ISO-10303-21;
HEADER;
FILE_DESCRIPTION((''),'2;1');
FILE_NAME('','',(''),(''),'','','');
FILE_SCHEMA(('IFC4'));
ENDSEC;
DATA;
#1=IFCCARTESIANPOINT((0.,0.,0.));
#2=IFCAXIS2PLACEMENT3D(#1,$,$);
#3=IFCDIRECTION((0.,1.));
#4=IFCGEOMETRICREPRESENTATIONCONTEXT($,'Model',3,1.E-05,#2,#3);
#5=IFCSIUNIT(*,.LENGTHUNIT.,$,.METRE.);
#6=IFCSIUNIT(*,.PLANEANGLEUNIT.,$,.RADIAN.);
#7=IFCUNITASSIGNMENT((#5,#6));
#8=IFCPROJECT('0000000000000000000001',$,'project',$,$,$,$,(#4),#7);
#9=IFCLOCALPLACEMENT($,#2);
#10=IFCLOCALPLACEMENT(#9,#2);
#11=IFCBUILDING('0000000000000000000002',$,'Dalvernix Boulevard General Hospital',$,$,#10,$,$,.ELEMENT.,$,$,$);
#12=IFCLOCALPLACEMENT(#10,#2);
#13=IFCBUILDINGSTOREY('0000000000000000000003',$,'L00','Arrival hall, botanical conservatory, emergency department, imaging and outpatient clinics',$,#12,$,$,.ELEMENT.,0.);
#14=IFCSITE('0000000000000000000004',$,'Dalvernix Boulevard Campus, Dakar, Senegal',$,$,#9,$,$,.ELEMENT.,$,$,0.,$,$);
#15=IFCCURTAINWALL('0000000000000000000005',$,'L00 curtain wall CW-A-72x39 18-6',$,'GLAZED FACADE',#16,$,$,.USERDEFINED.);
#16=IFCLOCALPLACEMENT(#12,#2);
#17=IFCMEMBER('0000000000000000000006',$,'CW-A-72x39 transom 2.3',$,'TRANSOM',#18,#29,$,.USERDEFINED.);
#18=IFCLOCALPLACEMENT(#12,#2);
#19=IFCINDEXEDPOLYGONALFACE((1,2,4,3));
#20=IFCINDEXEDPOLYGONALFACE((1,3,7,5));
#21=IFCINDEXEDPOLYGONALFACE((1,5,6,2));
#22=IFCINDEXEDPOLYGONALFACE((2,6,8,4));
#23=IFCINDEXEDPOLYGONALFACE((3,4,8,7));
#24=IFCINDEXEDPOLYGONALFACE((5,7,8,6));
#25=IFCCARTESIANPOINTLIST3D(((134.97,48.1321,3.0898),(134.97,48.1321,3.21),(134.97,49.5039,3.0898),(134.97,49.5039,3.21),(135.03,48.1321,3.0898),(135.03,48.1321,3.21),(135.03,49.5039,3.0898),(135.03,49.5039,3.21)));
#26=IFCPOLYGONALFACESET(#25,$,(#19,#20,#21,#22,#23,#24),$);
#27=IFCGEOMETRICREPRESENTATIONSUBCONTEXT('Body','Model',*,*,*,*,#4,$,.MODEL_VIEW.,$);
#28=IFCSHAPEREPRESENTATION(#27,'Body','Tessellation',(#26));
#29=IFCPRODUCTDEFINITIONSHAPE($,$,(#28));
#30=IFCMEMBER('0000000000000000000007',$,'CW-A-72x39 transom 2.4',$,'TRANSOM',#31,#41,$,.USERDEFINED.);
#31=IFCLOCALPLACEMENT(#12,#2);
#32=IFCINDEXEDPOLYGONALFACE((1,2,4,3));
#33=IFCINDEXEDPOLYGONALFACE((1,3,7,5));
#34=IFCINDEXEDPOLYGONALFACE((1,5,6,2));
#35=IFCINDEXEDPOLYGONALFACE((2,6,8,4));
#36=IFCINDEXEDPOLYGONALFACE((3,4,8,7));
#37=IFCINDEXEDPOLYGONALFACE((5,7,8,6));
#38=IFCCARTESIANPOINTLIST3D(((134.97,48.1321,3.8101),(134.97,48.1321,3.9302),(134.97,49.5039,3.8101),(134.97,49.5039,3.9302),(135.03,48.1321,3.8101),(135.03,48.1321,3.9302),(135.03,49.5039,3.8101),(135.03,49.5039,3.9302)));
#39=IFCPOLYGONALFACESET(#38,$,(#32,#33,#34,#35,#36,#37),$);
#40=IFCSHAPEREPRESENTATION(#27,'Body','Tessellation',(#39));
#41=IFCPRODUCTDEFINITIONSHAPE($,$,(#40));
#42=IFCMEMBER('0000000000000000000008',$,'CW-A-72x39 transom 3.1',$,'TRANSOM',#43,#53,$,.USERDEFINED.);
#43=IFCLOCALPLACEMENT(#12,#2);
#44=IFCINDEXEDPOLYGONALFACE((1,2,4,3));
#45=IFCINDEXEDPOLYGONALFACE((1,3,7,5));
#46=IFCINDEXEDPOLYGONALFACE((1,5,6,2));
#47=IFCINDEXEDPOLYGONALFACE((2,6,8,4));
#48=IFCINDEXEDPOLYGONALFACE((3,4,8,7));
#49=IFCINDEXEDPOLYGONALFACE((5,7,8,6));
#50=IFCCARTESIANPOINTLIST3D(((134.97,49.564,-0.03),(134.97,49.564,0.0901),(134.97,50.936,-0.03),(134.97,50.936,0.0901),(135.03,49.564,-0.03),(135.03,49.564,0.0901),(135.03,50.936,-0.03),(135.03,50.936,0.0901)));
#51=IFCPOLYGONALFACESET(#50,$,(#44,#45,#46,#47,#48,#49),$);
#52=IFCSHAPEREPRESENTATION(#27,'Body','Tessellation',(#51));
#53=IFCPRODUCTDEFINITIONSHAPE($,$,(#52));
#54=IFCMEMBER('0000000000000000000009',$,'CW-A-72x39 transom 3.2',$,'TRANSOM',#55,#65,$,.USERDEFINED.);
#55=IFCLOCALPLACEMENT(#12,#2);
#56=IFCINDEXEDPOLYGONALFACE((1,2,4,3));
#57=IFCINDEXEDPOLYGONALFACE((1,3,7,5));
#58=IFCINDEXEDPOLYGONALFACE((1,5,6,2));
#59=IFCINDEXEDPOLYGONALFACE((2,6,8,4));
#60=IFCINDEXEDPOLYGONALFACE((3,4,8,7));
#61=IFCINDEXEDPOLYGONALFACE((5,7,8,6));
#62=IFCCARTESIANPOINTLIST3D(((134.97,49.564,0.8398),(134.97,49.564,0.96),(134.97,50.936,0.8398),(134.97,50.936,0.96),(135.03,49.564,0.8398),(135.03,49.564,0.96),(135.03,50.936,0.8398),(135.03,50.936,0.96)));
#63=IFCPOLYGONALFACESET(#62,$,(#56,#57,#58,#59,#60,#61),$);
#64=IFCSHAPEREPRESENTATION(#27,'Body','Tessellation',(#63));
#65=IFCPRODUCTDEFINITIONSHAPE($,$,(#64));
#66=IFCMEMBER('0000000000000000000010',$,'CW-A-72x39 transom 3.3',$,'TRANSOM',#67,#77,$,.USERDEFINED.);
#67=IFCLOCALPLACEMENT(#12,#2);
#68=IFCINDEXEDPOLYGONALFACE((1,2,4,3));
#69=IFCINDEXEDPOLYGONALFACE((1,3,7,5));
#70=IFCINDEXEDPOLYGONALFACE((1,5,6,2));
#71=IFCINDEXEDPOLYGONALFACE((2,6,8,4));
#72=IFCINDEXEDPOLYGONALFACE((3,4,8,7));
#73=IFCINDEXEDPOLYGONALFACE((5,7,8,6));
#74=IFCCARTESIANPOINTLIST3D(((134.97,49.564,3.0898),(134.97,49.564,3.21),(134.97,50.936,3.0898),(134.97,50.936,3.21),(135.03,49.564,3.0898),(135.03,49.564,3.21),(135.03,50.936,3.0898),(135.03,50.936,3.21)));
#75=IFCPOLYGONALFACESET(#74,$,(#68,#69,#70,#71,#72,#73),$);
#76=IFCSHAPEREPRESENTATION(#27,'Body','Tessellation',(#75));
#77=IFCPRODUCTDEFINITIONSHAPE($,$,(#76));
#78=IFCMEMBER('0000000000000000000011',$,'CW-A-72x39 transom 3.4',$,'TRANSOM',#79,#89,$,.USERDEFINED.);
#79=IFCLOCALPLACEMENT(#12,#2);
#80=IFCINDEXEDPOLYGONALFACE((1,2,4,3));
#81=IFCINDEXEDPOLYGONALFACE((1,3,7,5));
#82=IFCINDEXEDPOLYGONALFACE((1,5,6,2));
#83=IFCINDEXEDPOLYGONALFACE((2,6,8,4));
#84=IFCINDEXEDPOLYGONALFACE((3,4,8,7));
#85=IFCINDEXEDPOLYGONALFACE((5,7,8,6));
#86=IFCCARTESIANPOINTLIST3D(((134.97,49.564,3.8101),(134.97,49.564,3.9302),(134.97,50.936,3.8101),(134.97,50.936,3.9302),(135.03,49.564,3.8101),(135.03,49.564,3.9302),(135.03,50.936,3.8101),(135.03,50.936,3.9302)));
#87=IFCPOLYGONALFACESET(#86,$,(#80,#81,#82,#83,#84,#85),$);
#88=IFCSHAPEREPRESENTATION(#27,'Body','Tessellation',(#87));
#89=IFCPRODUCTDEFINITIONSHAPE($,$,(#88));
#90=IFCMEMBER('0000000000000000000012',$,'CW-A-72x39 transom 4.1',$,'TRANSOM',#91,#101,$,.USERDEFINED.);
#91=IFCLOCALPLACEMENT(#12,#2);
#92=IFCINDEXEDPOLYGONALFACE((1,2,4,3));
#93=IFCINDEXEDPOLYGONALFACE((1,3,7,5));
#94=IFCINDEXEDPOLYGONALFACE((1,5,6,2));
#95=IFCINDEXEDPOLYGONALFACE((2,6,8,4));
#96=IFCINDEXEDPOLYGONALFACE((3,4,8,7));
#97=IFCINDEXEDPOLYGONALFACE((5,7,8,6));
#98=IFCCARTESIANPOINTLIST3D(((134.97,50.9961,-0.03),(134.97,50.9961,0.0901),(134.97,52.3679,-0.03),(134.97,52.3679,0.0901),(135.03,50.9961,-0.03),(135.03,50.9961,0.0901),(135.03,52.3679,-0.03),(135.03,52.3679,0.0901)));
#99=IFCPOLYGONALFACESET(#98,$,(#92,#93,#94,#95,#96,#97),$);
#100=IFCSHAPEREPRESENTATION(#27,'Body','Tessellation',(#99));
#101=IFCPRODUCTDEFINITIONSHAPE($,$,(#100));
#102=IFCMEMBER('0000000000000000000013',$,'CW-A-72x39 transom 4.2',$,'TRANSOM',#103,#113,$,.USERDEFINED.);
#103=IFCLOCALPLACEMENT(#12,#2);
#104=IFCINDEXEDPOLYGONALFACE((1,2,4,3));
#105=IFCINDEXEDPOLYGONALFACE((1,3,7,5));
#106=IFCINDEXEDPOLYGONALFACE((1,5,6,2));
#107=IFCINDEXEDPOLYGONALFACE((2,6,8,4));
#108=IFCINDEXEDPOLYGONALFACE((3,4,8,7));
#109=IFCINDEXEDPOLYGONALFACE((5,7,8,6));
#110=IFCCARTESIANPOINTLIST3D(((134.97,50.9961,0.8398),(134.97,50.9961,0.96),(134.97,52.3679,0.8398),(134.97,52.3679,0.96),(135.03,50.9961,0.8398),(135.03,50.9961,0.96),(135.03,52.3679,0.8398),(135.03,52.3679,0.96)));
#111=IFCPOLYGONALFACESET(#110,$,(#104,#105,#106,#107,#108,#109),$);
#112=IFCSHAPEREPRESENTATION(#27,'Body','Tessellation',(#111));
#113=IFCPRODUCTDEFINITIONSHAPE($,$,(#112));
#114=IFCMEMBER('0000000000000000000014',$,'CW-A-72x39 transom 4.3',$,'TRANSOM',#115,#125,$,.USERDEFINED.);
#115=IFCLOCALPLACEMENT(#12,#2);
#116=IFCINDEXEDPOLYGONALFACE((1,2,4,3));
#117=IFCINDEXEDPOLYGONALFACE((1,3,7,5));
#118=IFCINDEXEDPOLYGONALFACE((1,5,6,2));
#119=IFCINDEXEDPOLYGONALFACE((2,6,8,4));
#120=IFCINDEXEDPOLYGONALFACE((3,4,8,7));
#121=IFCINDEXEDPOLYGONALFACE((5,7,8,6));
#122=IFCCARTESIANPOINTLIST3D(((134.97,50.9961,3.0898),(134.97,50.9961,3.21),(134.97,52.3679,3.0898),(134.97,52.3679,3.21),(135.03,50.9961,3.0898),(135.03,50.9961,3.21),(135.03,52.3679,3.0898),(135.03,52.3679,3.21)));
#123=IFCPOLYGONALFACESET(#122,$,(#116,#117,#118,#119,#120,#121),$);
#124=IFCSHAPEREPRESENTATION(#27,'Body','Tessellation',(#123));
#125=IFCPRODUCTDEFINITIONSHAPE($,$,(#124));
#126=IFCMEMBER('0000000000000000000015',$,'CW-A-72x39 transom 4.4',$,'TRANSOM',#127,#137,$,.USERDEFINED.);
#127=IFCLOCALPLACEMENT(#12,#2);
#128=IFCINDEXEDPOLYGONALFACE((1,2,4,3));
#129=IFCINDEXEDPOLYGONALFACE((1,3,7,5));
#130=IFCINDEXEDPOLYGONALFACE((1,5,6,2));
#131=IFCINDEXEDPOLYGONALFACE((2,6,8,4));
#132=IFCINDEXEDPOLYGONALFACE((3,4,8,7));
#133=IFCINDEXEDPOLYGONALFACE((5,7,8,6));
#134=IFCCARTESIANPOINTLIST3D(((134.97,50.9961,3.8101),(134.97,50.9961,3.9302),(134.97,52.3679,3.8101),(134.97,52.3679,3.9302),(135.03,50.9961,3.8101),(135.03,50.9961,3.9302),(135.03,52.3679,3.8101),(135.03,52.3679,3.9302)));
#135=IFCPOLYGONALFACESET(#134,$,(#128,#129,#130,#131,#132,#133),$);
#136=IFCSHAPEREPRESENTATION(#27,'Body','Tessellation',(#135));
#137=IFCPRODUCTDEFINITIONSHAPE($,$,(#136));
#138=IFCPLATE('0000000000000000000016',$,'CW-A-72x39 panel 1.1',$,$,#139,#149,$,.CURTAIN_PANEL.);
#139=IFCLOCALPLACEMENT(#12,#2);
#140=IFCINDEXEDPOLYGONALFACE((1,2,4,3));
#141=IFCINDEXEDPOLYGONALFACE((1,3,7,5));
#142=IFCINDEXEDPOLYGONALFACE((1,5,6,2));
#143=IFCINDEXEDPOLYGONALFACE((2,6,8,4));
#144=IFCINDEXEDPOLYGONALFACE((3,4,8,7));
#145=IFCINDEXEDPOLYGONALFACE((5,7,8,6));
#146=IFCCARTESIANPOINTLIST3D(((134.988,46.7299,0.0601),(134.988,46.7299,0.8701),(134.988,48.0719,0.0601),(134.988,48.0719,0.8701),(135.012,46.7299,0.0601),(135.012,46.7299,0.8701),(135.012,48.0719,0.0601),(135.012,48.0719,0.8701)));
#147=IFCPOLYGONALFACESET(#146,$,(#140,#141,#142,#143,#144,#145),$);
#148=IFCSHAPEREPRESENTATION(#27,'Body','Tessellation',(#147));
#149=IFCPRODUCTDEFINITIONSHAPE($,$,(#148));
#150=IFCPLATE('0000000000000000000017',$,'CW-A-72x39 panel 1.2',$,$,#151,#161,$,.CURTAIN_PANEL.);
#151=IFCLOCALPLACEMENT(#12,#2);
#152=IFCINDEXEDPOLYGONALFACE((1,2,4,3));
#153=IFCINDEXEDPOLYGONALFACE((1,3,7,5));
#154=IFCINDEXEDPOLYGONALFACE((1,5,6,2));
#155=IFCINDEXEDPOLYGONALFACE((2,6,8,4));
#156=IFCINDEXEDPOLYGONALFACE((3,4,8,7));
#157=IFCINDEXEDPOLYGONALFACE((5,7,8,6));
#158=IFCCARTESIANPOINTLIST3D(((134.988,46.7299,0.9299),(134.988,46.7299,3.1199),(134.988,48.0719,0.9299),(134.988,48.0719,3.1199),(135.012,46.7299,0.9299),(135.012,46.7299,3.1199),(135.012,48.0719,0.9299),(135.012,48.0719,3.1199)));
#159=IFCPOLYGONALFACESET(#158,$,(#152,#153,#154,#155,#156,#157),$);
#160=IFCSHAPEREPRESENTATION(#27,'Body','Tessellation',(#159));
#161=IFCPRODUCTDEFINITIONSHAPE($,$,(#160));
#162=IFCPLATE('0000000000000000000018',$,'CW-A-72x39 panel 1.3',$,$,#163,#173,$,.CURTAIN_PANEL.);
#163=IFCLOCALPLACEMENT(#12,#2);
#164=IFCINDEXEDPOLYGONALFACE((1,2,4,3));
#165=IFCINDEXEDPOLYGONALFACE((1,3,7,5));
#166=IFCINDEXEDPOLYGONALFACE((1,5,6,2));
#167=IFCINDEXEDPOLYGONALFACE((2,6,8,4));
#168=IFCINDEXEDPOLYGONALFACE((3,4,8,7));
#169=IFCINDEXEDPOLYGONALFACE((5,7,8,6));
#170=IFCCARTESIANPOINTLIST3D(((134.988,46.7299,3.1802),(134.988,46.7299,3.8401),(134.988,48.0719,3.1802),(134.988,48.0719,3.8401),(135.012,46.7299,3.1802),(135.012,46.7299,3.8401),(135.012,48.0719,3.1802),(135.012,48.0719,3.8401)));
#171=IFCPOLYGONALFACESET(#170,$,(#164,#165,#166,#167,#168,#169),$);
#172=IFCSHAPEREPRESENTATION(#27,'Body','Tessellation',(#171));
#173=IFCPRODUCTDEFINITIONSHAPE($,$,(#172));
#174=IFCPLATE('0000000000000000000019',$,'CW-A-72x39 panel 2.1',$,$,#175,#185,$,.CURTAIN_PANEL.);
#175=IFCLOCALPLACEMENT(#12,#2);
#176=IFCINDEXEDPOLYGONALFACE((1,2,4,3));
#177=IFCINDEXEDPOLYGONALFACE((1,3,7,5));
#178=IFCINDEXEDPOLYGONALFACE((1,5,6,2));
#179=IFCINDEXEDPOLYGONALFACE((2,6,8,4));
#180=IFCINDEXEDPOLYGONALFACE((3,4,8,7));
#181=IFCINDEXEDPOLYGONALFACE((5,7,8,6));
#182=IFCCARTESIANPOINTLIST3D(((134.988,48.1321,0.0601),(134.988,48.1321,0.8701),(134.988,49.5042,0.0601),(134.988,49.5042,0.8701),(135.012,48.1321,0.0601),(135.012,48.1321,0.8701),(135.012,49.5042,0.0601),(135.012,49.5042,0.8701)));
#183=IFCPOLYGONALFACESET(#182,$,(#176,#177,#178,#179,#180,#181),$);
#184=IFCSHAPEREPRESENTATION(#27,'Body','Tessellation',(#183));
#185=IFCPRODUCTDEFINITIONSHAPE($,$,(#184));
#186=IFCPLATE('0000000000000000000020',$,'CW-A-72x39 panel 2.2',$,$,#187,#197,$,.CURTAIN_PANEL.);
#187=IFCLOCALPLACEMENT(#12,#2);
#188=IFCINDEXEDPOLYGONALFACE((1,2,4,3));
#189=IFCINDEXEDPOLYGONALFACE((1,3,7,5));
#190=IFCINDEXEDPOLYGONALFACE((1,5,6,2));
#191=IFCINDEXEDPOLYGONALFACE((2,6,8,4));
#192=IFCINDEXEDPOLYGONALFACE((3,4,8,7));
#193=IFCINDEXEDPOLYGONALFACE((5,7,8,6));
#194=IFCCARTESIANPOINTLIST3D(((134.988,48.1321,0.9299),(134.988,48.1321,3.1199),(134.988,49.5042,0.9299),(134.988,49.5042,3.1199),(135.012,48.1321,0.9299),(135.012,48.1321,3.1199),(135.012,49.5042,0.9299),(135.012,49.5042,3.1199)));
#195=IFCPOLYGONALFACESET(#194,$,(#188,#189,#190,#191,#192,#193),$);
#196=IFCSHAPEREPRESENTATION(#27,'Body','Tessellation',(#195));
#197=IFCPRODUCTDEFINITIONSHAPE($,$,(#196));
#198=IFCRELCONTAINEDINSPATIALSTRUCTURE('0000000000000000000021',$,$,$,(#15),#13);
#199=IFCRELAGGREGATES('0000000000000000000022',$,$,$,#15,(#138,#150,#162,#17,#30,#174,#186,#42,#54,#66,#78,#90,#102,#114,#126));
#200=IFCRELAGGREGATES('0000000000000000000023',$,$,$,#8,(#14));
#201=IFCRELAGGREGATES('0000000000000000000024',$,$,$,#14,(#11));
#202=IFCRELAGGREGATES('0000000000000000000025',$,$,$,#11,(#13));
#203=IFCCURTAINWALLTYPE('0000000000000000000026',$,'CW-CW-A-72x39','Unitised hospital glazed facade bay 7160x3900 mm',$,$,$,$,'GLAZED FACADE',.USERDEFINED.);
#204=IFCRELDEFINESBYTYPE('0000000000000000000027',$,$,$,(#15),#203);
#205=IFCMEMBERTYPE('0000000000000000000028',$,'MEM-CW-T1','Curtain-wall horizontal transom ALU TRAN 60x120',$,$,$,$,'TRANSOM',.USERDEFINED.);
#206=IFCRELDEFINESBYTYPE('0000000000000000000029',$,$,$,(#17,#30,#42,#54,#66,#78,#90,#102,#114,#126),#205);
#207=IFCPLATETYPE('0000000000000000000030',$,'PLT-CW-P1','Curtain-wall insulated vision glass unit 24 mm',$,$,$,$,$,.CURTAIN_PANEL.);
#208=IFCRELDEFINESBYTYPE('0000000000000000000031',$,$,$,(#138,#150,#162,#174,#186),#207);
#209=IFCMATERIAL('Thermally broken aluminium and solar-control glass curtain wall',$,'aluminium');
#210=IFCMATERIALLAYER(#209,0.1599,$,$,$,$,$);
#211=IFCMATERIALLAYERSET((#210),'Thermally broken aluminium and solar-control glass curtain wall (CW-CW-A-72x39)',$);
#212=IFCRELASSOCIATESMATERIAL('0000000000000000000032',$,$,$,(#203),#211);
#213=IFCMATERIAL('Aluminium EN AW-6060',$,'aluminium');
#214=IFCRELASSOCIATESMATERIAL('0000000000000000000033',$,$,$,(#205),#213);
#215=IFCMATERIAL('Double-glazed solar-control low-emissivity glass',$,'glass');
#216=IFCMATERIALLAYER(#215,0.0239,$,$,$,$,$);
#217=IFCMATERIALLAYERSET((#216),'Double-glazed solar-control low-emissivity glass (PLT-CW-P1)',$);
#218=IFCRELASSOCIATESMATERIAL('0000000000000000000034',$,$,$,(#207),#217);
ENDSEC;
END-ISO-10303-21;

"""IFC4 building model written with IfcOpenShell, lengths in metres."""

from ifc_helpers import new_model, si_unit, direction, frame, origin, origin_2d, place, context, subcontext, project, spatial, rectangle, extrude, material, layer, layer_set, material_profile, profile_set, type_object, element, aggregate, save


model = new_model("IFC4")

# Units and contexts
model_context = context("Model", 3, precision=1e-05, world=origin(), true_north=direction((0.0, 1.0)))
body_context = subcontext(model_context, "Body", "Model", "MODEL_VIEW")
ifc_project = project(units=[si_unit("LENGTHUNIT", "METRE"), si_unit("PLANEANGLEUNIT", "RADIAN")], contexts=[model_context])

# Site, building, storey
site_placement = place(None, origin())
site = spatial("IfcSite", under=ifc_project, at=site_placement, Name="Dalvernix Boulevard Campus, Dakar, Senegal", CompositionType="ELEMENT", RefElevation=0.0)
building_placement = place(site_placement, origin())
building = spatial("IfcBuilding", under=site, at=building_placement, Name="Dalvernix Boulevard General Hospital", CompositionType="ELEMENT")
storey_placement = place(building_placement, origin())
storey = spatial("IfcBuildingStorey", under=building, at=storey_placement, Name="L00", Description="Arrival hall, botanical conservatory, emergency department, imaging and outpatient clinics", CompositionType="ELEMENT", Elevation=0.0)

# Curtain wall
ifc_material_1 = material(Name="Thermally broken aluminium and solar-control glass curtain wall", Category="aluminium")
ifc_layer_1 = layer(ifc_material_1, 0.1599)
ifc_layer_set_1 = layer_set([ifc_layer_1], Name="Thermally broken aluminium and solar-control glass curtain wall (CW-CW-A-72x39)")
curtain_wall_type_1 = type_object("IfcCurtainWallType", Name="CW-CW-A-72x39", Description="Unitised hospital glazed facade bay 7160x3900 mm", ElementType="GLAZED FACADE", PredefinedType="USERDEFINED", material=ifc_layer_set_1)
curtain_wall_1_placement = place(storey_placement, origin())
curtain_wall_1 = element("IfcCurtainWall", 1, at=curtain_wall_1_placement, inside=storey, type_object=curtain_wall_type_1, Name="L00 curtain wall CW-A-72x39 18-6", ObjectType="GLAZED FACADE", PredefinedType="USERDEFINED")
ifc_material_2 = material(Name="Aluminium EN AW-6060", Category="aluminium")

# Members
ifc_material_profile_1 = material_profile(ifc_material_2, rectangle(XDim=0.0601, YDim=0.1201, at=origin_2d()), Name="ALU TRAN 60x120")
ifc_profile_set_1 = profile_set([ifc_material_profile_1], Name="Aluminium EN AW-6060")
member_type_1 = type_object("IfcMemberType", Name="MEM-CW-T1", Description="Curtain-wall horizontal transom ALU TRAN 60x120", ElementType="TRANSOM", PredefinedType="USERDEFINED", material=ifc_profile_set_1)
member_1_placement = place(storey_placement, frame((135.0, 48.1321, 3.1499), z_axis=(0.0, 1.0, 0.0), x_axis=(-1.0, 0.0, 0.0)))
member_1 = element("IfcMember", 2, at=member_1_placement, type_object=member_type_1, Name="CW-A-72x39 transom 2.3", ObjectType="TRANSOM", PredefinedType="USERDEFINED", context=body_context, shape_type="SweptSolid", body=[
    extrude(rectangle(XDim=0.0601, YDim=0.1201, at=origin_2d()), origin(), (0.0, 0.0, 1.0), 1.3718),
])
member_2_placement = place(storey_placement, frame((135.0, 48.1321, 3.8701), z_axis=(0.0, 1.0, 0.0), x_axis=(-1.0, 0.0, 0.0)))
member_2 = element("IfcMember", 3, at=member_2_placement, type_object=member_type_1, Name="CW-A-72x39 transom 2.4", ObjectType="TRANSOM", PredefinedType="USERDEFINED", context=body_context, shape_type="SweptSolid", body=[
    extrude(rectangle(XDim=0.0601, YDim=0.1201, at=origin_2d()), origin(), (0.0, 0.0, 1.0), 1.3718),
])
member_3_placement = place(storey_placement, frame((135.0, 49.564, 0.03), z_axis=(0.0, 1.0, 0.0), x_axis=(-1.0, 0.0, 0.0)))
member_3 = element("IfcMember", 4, at=member_3_placement, type_object=member_type_1, Name="CW-A-72x39 transom 3.1", ObjectType="TRANSOM", PredefinedType="USERDEFINED", context=body_context, shape_type="SweptSolid", body=[
    extrude(rectangle(XDim=0.0601, YDim=0.1201, at=origin_2d()), origin(), (0.0, 0.0, 1.0), 1.3721),
])
member_4_placement = place(storey_placement, frame((135.0, 49.564, 0.8999), z_axis=(0.0, 1.0, 0.0), x_axis=(-1.0, 0.0, 0.0)))
member_4 = element("IfcMember", 5, at=member_4_placement, type_object=member_type_1, Name="CW-A-72x39 transom 3.2", ObjectType="TRANSOM", PredefinedType="USERDEFINED", context=body_context, shape_type="SweptSolid", body=[
    extrude(rectangle(XDim=0.0601, YDim=0.1201, at=origin_2d()), origin(), (0.0, 0.0, 1.0), 1.3721),
])
member_5_placement = place(storey_placement, frame((135.0, 49.564, 3.1499), z_axis=(0.0, 1.0, 0.0), x_axis=(-1.0, 0.0, 0.0)))
member_5 = element("IfcMember", 6, at=member_5_placement, type_object=member_type_1, Name="CW-A-72x39 transom 3.3", ObjectType="TRANSOM", PredefinedType="USERDEFINED", context=body_context, shape_type="SweptSolid", body=[
    extrude(rectangle(XDim=0.0601, YDim=0.1201, at=origin_2d()), origin(), (0.0, 0.0, 1.0), 1.3721),
])
member_6_placement = place(storey_placement, frame((135.0, 49.564, 3.8701), z_axis=(0.0, 1.0, 0.0), x_axis=(-1.0, 0.0, 0.0)))
member_6 = element("IfcMember", 7, at=member_6_placement, type_object=member_type_1, Name="CW-A-72x39 transom 3.4", ObjectType="TRANSOM", PredefinedType="USERDEFINED", context=body_context, shape_type="SweptSolid", body=[
    extrude(rectangle(XDim=0.0601, YDim=0.1201, at=origin_2d()), origin(), (0.0, 0.0, 1.0), 1.3721),
])
member_7_placement = place(storey_placement, frame((135.0, 50.9961, 0.03), z_axis=(0.0, 1.0, 0.0), x_axis=(-1.0, 0.0, 0.0)))
member_7 = element("IfcMember", 8, at=member_7_placement, type_object=member_type_1, Name="CW-A-72x39 transom 4.1", ObjectType="TRANSOM", PredefinedType="USERDEFINED", context=body_context, shape_type="SweptSolid", body=[
    extrude(rectangle(XDim=0.0601, YDim=0.1201, at=origin_2d()), origin(), (0.0, 0.0, 1.0), 1.3718),
])
member_8_placement = place(storey_placement, frame((135.0, 50.9961, 0.8999), z_axis=(0.0, 1.0, 0.0), x_axis=(-1.0, 0.0, 0.0)))
member_8 = element("IfcMember", 9, at=member_8_placement, type_object=member_type_1, Name="CW-A-72x39 transom 4.2", ObjectType="TRANSOM", PredefinedType="USERDEFINED", context=body_context, shape_type="SweptSolid", body=[
    extrude(rectangle(XDim=0.0601, YDim=0.1201, at=origin_2d()), origin(), (0.0, 0.0, 1.0), 1.3718),
])
member_9_placement = place(storey_placement, frame((135.0, 50.9961, 3.1499), z_axis=(0.0, 1.0, 0.0), x_axis=(-1.0, 0.0, 0.0)))
member_9 = element("IfcMember", 10, at=member_9_placement, type_object=member_type_1, Name="CW-A-72x39 transom 4.3", ObjectType="TRANSOM", PredefinedType="USERDEFINED", context=body_context, shape_type="SweptSolid", body=[
    extrude(rectangle(XDim=0.0601, YDim=0.1201, at=origin_2d()), origin(), (0.0, 0.0, 1.0), 1.3718),
])
member_10_placement = place(storey_placement, frame((135.0, 50.9961, 3.8701), z_axis=(0.0, 1.0, 0.0), x_axis=(-1.0, 0.0, 0.0)))
member_10 = element("IfcMember", 11, at=member_10_placement, type_object=member_type_1, Name="CW-A-72x39 transom 4.4", ObjectType="TRANSOM", PredefinedType="USERDEFINED", context=body_context, shape_type="SweptSolid", body=[
    extrude(rectangle(XDim=0.0601, YDim=0.1201, at=origin_2d()), origin(), (0.0, 0.0, 1.0), 1.3718),
])

# Plates
ifc_material_3 = material(Name="Double-glazed solar-control low-emissivity glass", Category="glass")
ifc_layer_2 = layer(ifc_material_3, 0.0239)
ifc_layer_set_2 = layer_set([ifc_layer_2], Name="Double-glazed solar-control low-emissivity glass (PLT-CW-P1)")
plate_type_1 = type_object("IfcPlateType", Name="PLT-CW-P1", Description="Curtain-wall insulated vision glass unit 24 mm", PredefinedType="CURTAIN_PANEL", material=ifc_layer_set_2)
plate_1_placement = place(storey_placement, frame((135.0, 47.4009, 0.0601), z_axis=(0.0, 0.0, 1.0), x_axis=(0.0, 1.0, 0.0)))
plate_1 = element("IfcPlate", 12, at=plate_1_placement, type_object=plate_type_1, Name="CW-A-72x39 panel 1.1", PredefinedType="CURTAIN_PANEL", context=body_context, shape_type="SweptSolid", body=[
    extrude(rectangle(XDim=1.342, YDim=0.0239, at=origin_2d()), origin(), (0.0, 0.0, 1.0), 0.8101),
])
plate_2_placement = place(storey_placement, frame((135.0, 47.4009, 0.9299), z_axis=(0.0, 0.0, 1.0), x_axis=(0.0, 1.0, 0.0)))
plate_2 = element("IfcPlate", 13, at=plate_2_placement, type_object=plate_type_1, Name="CW-A-72x39 panel 1.2", PredefinedType="CURTAIN_PANEL", context=body_context, shape_type="SweptSolid", body=[
    extrude(rectangle(XDim=1.342, YDim=0.0239, at=origin_2d()), origin(), (0.0, 0.0, 1.0), 2.1899),
])
plate_3_placement = place(storey_placement, frame((135.0, 47.4009, 3.1802), z_axis=(0.0, 0.0, 1.0), x_axis=(0.0, 1.0, 0.0)))
plate_3 = element("IfcPlate", 14, at=plate_3_placement, type_object=plate_type_1, Name="CW-A-72x39 panel 1.3", PredefinedType="CURTAIN_PANEL", context=body_context, shape_type="SweptSolid", body=[
    extrude(rectangle(XDim=1.342, YDim=0.0239, at=origin_2d()), origin(), (0.0, 0.0, 1.0), 0.6599),
])
plate_4_placement = place(storey_placement, frame((135.0, 48.8181, 0.0601), z_axis=(0.0, 0.0, 1.0), x_axis=(0.0, 1.0, 0.0)))
plate_4 = element("IfcPlate", 15, at=plate_4_placement, type_object=plate_type_1, Name="CW-A-72x39 panel 2.1", PredefinedType="CURTAIN_PANEL", context=body_context, shape_type="SweptSolid", body=[
    extrude(rectangle(XDim=1.3721, YDim=0.0239, at=origin_2d()), origin(), (0.0, 0.0, 1.0), 0.8101),
])
plate_5_placement = place(storey_placement, frame((135.0, 48.8181, 0.9299), z_axis=(0.0, 0.0, 1.0), x_axis=(0.0, 1.0, 0.0)))
plate_5 = element("IfcPlate", 16, at=plate_5_placement, type_object=plate_type_1, Name="CW-A-72x39 panel 2.2", PredefinedType="CURTAIN_PANEL", context=body_context, shape_type="SweptSolid", body=[
    extrude(rectangle(XDim=1.3721, YDim=0.0239, at=origin_2d()), origin(), (0.0, 0.0, 1.0), 2.1899),
])
aggregate(curtain_wall_1, [plate_1, plate_2, plate_3, member_1, member_2, plate_4, plate_5, member_3, member_4, member_5, member_6, member_7, member_8, member_9, member_10])

save(model, "model.ifc")
